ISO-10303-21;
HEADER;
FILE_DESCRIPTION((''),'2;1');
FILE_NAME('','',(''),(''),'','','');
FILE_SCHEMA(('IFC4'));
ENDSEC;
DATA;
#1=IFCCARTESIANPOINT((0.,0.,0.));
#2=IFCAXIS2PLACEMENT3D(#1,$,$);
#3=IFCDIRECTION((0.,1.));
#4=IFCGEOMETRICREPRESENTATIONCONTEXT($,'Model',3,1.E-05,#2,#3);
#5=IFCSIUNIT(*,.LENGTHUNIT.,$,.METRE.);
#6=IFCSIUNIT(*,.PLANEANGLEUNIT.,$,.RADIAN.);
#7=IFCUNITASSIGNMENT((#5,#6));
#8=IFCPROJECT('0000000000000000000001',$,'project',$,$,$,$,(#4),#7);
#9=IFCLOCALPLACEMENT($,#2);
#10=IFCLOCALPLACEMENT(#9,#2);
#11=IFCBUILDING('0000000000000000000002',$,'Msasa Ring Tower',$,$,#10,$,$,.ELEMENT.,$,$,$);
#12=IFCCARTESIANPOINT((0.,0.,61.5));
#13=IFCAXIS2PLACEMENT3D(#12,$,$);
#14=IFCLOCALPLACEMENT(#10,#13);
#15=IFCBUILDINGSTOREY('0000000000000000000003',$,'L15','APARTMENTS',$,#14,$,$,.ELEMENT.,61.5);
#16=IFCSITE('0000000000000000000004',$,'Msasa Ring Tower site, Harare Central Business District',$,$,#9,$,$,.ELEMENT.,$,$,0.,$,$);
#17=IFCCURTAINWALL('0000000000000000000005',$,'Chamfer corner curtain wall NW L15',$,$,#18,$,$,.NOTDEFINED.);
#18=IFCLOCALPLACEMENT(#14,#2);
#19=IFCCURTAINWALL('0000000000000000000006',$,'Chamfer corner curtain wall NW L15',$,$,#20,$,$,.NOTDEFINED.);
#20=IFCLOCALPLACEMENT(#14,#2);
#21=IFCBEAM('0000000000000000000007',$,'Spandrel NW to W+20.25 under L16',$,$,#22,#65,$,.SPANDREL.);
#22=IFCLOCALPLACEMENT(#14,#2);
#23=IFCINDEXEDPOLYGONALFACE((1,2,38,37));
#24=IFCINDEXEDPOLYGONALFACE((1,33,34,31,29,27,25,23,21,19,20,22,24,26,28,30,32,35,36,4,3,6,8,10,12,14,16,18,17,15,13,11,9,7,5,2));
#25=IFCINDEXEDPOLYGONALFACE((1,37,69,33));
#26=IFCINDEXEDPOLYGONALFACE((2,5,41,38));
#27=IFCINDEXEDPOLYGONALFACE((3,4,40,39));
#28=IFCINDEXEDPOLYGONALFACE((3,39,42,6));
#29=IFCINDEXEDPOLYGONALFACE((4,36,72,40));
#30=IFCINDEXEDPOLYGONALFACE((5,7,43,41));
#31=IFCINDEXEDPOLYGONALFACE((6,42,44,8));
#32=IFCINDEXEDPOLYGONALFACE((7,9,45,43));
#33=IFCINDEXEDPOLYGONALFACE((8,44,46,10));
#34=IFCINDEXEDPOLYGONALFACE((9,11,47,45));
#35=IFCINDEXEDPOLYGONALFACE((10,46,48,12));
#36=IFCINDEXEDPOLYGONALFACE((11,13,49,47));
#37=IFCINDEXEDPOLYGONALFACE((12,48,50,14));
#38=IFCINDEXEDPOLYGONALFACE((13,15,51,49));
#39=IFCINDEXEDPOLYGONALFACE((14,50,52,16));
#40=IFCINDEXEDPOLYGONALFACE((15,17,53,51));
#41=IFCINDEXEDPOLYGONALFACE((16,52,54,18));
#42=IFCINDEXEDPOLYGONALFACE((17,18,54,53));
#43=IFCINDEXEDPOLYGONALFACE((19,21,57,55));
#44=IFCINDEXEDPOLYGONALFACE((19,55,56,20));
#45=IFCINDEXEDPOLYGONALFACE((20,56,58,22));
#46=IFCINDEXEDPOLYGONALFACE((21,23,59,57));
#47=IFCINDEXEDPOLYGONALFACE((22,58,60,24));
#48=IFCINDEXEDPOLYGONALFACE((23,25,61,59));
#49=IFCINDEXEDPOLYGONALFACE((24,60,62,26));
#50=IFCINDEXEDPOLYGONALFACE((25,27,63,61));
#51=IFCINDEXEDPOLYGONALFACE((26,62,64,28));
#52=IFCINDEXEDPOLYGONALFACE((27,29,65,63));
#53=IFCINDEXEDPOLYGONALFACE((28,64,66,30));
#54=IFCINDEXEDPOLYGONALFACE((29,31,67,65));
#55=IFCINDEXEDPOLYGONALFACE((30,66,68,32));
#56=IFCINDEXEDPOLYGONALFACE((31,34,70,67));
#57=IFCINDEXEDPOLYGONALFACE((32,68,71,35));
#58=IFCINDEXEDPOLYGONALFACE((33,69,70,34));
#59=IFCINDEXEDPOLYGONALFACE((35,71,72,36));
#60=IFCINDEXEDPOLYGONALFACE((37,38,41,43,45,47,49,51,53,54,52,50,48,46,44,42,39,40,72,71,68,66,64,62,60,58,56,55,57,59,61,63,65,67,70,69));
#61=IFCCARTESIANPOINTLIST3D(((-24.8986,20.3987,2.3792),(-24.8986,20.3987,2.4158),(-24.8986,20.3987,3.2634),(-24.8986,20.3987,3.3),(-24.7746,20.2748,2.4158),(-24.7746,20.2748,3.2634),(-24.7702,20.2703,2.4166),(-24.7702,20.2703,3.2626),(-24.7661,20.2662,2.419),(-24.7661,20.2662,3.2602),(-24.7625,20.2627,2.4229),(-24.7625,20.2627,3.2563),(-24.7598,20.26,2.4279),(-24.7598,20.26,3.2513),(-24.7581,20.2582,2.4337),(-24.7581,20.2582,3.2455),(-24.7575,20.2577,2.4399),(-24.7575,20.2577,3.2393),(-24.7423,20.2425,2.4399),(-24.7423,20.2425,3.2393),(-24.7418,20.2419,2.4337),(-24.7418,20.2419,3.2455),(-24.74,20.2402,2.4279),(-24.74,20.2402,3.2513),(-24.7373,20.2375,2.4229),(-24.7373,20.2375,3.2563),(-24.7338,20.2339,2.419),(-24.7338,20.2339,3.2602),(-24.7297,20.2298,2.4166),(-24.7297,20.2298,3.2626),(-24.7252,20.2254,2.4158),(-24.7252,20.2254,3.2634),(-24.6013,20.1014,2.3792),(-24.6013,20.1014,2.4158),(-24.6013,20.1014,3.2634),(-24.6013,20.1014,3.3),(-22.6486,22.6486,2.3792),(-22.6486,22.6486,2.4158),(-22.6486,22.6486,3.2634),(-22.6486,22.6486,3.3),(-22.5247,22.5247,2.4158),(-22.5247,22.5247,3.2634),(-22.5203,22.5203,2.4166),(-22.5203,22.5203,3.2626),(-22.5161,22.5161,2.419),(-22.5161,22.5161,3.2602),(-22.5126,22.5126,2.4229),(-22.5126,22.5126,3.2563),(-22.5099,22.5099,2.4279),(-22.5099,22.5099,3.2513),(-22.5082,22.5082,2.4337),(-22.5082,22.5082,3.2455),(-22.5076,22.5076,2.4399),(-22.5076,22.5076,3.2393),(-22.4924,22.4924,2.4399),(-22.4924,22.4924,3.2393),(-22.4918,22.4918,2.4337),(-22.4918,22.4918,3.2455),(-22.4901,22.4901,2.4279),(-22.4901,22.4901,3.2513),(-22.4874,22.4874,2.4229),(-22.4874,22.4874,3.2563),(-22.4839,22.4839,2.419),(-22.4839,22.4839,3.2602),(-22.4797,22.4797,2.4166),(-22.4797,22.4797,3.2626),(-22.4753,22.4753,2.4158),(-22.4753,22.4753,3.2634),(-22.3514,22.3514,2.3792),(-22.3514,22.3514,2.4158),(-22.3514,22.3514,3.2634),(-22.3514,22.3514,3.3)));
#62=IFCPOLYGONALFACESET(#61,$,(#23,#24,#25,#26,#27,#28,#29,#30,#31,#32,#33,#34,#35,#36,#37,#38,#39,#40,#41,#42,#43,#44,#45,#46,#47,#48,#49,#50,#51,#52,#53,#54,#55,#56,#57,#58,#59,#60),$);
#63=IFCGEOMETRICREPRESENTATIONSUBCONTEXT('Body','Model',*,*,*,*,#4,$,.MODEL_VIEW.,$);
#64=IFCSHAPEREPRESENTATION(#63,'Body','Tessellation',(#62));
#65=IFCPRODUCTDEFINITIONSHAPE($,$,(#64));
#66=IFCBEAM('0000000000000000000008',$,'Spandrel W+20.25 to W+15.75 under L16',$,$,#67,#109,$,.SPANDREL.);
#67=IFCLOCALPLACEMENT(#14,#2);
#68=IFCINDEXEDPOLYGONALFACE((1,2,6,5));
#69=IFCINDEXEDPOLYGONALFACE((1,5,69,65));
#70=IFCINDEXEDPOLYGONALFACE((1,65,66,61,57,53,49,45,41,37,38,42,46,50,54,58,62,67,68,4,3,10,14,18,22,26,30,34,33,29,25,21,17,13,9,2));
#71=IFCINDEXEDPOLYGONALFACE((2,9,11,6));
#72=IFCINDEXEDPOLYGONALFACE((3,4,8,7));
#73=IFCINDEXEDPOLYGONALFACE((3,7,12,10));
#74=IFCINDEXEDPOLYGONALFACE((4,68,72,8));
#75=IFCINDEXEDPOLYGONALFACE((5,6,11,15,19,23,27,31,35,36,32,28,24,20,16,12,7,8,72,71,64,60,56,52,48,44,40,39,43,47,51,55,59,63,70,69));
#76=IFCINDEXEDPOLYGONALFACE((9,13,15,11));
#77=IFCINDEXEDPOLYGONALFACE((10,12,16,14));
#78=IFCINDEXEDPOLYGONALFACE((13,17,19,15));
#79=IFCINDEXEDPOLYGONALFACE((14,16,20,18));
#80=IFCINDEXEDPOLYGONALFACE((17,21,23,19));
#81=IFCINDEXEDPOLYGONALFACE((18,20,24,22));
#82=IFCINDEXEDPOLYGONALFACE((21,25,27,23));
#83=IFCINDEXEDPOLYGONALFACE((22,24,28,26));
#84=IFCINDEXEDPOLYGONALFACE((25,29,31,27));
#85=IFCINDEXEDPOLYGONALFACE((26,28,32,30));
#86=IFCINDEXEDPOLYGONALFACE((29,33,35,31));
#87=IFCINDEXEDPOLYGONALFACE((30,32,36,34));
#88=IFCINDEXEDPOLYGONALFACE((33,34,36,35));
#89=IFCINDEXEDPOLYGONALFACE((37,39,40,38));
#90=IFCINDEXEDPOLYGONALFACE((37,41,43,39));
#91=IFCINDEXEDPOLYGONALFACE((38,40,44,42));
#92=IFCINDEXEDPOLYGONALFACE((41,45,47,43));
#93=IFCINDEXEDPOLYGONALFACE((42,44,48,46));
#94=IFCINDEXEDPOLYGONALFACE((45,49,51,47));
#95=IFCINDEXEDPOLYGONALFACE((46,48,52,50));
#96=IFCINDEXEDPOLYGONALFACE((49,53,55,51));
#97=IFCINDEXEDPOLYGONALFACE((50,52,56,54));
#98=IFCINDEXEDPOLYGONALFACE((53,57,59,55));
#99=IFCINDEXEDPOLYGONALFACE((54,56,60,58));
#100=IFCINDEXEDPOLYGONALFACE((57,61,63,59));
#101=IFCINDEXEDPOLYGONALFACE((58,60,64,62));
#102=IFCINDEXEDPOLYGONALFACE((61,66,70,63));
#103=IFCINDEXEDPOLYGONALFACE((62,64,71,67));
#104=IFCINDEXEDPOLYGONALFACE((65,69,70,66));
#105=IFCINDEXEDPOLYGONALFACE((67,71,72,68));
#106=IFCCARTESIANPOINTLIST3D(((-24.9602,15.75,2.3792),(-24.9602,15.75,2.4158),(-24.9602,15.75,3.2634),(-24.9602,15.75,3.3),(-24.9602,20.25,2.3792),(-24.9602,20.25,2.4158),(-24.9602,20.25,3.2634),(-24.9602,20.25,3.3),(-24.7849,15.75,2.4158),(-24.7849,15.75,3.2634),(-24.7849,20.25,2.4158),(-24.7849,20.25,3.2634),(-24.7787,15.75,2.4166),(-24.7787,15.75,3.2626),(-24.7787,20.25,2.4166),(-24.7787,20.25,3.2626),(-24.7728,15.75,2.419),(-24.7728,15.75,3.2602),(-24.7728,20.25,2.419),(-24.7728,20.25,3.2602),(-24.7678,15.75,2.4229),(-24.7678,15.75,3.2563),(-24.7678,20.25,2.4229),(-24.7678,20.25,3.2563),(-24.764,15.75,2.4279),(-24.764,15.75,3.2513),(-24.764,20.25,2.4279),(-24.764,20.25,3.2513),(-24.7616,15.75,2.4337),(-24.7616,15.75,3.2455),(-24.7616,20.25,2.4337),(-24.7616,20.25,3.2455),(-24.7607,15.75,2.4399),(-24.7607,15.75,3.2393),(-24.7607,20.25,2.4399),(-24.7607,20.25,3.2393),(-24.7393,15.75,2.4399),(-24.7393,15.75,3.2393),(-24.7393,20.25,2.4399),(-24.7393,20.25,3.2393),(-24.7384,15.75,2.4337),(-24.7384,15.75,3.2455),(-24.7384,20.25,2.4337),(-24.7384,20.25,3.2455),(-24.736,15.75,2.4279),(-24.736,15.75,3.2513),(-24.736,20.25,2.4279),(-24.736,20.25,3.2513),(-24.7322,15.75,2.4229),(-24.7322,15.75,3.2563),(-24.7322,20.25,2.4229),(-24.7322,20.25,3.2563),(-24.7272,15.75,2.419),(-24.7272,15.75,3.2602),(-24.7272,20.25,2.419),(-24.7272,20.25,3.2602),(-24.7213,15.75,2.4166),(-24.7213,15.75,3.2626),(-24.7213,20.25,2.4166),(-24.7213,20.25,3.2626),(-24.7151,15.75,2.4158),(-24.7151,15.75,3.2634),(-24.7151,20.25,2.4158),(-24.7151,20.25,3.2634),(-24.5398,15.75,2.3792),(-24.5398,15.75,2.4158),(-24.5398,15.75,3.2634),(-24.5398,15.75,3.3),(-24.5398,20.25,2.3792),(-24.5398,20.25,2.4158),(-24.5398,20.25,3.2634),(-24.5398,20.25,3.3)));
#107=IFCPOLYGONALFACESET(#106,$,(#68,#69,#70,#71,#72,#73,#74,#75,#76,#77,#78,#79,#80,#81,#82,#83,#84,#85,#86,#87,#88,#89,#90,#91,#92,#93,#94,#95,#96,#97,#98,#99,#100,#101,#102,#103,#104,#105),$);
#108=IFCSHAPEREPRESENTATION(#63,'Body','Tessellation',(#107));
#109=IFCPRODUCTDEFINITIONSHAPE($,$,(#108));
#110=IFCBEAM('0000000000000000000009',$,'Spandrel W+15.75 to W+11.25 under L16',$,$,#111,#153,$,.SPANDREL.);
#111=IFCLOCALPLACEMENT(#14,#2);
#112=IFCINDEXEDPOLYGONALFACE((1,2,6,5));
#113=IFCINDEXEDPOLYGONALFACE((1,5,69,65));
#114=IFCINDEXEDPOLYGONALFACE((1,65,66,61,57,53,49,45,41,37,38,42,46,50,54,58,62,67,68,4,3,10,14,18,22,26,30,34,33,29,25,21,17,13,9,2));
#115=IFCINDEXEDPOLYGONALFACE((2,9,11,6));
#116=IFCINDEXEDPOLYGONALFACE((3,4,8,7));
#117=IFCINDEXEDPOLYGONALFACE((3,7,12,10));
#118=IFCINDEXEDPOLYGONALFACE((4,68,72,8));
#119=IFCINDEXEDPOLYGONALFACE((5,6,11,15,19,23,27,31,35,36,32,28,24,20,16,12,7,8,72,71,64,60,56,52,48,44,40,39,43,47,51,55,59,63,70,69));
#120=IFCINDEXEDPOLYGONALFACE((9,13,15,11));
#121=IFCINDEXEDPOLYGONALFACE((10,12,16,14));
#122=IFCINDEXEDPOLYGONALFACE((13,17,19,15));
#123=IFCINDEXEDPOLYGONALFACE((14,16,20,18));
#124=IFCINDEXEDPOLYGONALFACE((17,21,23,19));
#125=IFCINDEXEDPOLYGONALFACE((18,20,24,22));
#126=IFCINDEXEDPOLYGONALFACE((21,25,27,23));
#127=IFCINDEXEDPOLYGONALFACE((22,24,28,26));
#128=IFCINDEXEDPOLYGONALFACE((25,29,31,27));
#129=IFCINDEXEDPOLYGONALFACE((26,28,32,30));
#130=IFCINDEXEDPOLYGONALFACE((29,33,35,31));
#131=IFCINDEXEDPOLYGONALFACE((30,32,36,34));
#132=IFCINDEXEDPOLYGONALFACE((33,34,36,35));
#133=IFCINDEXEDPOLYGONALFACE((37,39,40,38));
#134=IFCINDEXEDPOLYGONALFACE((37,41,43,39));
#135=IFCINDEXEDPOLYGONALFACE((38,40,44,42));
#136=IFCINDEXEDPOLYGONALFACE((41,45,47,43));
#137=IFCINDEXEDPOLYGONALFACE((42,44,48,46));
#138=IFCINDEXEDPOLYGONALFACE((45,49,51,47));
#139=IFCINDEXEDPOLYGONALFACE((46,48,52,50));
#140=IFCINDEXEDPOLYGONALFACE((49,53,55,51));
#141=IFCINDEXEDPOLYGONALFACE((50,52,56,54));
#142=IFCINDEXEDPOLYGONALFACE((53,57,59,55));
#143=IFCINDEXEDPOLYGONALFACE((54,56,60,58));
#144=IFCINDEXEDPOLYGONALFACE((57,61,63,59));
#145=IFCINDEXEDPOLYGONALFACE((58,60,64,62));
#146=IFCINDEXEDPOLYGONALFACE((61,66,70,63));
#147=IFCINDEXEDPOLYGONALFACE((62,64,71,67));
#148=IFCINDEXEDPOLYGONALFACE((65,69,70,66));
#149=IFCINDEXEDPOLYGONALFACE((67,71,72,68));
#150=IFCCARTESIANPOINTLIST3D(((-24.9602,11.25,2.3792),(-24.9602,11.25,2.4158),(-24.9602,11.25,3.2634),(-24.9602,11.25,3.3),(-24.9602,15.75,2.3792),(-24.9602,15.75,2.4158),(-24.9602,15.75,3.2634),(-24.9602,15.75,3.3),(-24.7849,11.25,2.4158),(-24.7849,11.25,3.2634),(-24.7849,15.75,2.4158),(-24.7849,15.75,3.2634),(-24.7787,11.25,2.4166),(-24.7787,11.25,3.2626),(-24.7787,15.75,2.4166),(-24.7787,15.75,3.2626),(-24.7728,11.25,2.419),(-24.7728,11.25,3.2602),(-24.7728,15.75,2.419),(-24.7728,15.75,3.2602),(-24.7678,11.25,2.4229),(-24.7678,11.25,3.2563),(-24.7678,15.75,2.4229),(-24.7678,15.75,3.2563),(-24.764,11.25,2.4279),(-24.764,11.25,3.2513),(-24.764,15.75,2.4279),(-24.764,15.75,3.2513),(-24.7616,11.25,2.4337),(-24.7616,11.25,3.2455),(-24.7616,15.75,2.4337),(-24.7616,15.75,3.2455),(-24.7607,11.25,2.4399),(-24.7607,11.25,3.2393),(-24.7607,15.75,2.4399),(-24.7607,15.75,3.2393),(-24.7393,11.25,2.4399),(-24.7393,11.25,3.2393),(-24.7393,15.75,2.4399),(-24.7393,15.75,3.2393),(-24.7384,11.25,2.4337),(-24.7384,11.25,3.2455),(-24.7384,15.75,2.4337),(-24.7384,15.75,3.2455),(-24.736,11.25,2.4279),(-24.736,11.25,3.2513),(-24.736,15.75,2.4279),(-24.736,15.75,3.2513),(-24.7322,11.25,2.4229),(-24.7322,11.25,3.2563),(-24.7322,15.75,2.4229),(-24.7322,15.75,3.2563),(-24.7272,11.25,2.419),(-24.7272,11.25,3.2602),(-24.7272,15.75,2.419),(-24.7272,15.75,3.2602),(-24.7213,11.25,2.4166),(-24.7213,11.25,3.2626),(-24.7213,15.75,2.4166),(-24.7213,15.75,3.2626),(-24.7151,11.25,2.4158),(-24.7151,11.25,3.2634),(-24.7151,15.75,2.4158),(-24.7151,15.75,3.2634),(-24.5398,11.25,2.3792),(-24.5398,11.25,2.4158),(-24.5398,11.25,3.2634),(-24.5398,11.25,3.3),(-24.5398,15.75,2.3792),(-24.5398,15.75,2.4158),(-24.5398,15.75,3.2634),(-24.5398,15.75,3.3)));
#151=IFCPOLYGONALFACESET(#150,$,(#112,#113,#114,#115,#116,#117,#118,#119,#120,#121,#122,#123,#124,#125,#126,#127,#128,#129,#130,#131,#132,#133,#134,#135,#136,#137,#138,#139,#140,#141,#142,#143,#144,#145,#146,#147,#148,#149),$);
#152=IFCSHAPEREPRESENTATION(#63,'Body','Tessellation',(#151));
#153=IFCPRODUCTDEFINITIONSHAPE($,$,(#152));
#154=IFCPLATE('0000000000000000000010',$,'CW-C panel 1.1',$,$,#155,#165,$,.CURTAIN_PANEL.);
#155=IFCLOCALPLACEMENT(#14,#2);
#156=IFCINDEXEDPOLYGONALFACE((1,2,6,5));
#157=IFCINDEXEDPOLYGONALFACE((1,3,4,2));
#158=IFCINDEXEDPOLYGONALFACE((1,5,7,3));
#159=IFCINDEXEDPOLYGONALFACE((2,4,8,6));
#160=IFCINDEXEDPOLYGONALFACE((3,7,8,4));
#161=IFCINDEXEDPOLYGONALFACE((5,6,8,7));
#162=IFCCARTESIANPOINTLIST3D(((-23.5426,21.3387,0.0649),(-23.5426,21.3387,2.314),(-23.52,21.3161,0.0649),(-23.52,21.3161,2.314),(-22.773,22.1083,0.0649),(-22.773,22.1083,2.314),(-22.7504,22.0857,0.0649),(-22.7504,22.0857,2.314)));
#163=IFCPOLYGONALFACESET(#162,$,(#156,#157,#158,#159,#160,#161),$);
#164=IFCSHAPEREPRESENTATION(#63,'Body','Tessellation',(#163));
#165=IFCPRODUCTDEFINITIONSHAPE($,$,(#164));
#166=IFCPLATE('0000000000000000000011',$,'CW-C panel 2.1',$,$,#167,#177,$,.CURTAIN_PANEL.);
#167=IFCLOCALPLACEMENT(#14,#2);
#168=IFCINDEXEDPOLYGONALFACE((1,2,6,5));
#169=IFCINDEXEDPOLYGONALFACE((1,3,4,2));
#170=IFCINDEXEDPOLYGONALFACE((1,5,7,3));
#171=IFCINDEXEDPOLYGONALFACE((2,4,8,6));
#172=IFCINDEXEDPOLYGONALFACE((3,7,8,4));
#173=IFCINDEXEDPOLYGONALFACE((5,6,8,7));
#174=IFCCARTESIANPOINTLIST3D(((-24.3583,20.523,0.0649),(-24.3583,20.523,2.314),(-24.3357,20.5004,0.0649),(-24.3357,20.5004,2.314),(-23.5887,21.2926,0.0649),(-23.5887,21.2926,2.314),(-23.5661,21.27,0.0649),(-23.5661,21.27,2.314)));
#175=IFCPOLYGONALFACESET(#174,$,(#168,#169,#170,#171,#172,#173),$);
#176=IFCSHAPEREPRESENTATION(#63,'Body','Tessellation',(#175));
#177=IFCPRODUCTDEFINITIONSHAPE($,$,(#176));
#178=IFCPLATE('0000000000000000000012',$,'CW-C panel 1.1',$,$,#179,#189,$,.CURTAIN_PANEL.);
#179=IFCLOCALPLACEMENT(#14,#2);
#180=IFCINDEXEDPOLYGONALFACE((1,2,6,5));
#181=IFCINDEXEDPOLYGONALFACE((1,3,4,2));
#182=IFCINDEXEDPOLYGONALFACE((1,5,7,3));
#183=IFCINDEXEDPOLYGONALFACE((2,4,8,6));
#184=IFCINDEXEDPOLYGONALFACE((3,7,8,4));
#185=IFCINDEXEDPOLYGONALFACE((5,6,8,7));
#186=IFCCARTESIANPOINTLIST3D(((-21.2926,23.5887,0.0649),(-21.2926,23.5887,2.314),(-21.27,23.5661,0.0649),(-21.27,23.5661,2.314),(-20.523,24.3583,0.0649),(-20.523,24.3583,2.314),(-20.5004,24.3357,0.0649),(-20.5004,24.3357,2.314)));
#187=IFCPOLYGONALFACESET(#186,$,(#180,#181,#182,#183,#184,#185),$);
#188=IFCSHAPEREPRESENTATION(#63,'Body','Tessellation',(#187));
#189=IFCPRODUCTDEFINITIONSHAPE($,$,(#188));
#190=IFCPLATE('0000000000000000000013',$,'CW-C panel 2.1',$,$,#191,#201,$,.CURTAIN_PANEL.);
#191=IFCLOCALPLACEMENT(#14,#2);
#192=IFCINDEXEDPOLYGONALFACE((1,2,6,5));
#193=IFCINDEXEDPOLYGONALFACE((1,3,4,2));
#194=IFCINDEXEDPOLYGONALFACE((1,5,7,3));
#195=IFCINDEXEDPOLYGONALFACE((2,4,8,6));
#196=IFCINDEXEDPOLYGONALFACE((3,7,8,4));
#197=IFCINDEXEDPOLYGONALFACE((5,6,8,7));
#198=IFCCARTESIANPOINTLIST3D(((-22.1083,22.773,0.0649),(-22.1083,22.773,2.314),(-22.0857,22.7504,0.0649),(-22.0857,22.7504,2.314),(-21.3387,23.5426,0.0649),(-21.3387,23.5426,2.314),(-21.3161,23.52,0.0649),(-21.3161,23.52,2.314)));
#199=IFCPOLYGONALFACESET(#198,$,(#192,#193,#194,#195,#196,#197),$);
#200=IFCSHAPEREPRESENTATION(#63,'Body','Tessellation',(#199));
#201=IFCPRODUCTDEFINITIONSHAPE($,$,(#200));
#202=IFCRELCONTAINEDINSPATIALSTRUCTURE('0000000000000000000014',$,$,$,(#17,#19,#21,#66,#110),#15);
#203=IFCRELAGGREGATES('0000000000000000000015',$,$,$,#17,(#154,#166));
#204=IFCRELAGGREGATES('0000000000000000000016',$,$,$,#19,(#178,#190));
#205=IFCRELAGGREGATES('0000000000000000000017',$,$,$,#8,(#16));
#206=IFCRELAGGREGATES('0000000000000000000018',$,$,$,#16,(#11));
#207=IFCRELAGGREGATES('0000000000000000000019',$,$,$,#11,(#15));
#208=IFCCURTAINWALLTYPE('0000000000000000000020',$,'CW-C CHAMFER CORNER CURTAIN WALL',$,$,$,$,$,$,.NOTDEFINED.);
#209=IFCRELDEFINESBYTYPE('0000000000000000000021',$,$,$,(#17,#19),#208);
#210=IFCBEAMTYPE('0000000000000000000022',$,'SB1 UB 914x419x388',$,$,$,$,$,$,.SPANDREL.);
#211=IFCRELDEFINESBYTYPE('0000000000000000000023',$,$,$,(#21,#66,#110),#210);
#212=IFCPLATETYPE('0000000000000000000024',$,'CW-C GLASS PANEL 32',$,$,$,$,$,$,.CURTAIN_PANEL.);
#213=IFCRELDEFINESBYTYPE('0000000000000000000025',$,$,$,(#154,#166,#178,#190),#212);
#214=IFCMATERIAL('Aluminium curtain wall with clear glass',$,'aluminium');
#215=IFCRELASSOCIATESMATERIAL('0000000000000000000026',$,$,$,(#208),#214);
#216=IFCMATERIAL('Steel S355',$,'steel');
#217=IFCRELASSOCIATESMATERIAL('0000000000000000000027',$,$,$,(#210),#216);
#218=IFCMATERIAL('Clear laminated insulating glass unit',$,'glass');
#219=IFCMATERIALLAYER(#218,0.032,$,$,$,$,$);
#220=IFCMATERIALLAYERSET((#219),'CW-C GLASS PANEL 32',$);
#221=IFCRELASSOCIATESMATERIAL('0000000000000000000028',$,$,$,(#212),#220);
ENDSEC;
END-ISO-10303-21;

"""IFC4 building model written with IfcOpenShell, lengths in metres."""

from ifc_helpers import new_model, si_unit, direction, frame, origin, origin_2d, place, context, subcontext, project, spatial, rectangle, i_section, extrude, material, layer, layer_set, material_profile, profile_set, type_object, element, aggregate, save


model = new_model("IFC4")

# Units and contexts
model_context = context("Model", 3, precision=1e-05, world=origin(), true_north=direction((0.0, 1.0)))
body_context = subcontext(model_context, "Body", "Model", "MODEL_VIEW")
ifc_project = project(units=[si_unit("LENGTHUNIT", "METRE"), si_unit("PLANEANGLEUNIT", "RADIAN")], contexts=[model_context])

# Site, building, storey
site_placement = place(None, origin())
site = spatial("IfcSite", under=ifc_project, at=site_placement, Name="Msasa Ring Tower site, Harare Central Business District", CompositionType="ELEMENT", RefElevation=0.0)
building_placement = place(site_placement, origin())
building = spatial("IfcBuilding", under=site, at=building_placement, Name="Msasa Ring Tower", CompositionType="ELEMENT")
storey_placement = place(building_placement, frame((0.0, 0.0, 61.5)))
storey = spatial("IfcBuildingStorey", under=building, at=storey_placement, Name="L15", Description="APARTMENTS", CompositionType="ELEMENT", Elevation=61.5)

# Curtain walls
ifc_material_1 = material(Name="Aluminium curtain wall with clear glass", Category="aluminium")
curtain_wall_type = type_object("IfcCurtainWallType", Name="CW-C CHAMFER CORNER CURTAIN WALL", PredefinedType="NOTDEFINED", material=ifc_material_1)
curtain_wall_1_placement = place(storey_placement, origin())
curtain_wall_1 = element("IfcCurtainWall", 1, at=curtain_wall_1_placement, inside=storey, type_object=curtain_wall_type, Name="Chamfer corner curtain wall NW L15", PredefinedType="NOTDEFINED")
curtain_wall_2_placement = place(storey_placement, origin())
curtain_wall_2 = element("IfcCurtainWall", 2, at=curtain_wall_2_placement, inside=storey, type_object=curtain_wall_type, Name="Chamfer corner curtain wall NW L15", PredefinedType="NOTDEFINED")

# Beams
ifc_material_2 = material(Name="Steel S355", Category="steel")
ifc_material_profile_1 = material_profile(ifc_material_2, i_section(OverallWidth=0.4204, OverallDepth=0.9209, WebThickness=0.0215, FlangeThickness=0.0366, FilletRadius=0.0242, at=origin_2d()), Name="UB 914x419x388")
ifc_profile_set_1 = profile_set([ifc_material_profile_1], Name="Steel S355")
beam_type_1 = type_object("IfcBeamType", Name="SB1 UB 914x419x388", PredefinedType="SPANDREL", material=ifc_profile_set_1)
for number, where, z_axis, x_axis, name in (
    (3, (-22.5, 22.5, 2.8396), (-0.707107, -0.707107, 0.0), (0.707107, -0.707107, 0.0), "Spandrel NW to W+20.25 under L16"),
):
    element("IfcBeam", number, at=place(storey_placement, frame(where, z_axis=z_axis, x_axis=x_axis)), inside=storey, type_object=beam_type_1, Name=name, PredefinedType="SPANDREL", context=body_context, shape_type="SweptSolid", body=[
        extrude(i_section(OverallWidth=0.4204, OverallDepth=0.9209, WebThickness=0.0215, FlangeThickness=0.0366, FilletRadius=0.0242, at=origin_2d()), origin(), (0.0, 0.0, 1.0), 3.1819),
    ])
for number, where, z_axis, x_axis, name in (
    (4, (-24.75, 20.25, 2.8396), (0.0, -1.0, 0.0), (1.0, 0.0, 0.0), "Spandrel W+20.25 to W+15.75 under L16"),
    (5, (-24.75, 15.75, 2.8396), (0.0, -1.0, 0.0), (1.0, 0.0, 0.0), "Spandrel W+15.75 to W+11.25 under L16"),
):
    element("IfcBeam", number, at=place(storey_placement, frame(where, z_axis=z_axis, x_axis=x_axis)), inside=storey, type_object=beam_type_1, Name=name, PredefinedType="SPANDREL", context=body_context, shape_type="SweptSolid", body=[
        extrude(i_section(OverallWidth=0.4204, OverallDepth=0.9209, WebThickness=0.0215, FlangeThickness=0.0366, FilletRadius=0.0242, at=origin_2d()), origin(), (0.0, 0.0, 1.0), 4.5),
    ])

# Plates
ifc_material_3 = material(Name="Clear laminated insulating glass unit", Category="glass")
ifc_layer_1 = layer(ifc_material_3, 0.032)
ifc_layer_set_1 = layer_set([ifc_layer_1], Name="CW-C GLASS PANEL 32")
plate_type = type_object("IfcPlateType", Name="CW-C GLASS PANEL 32", PredefinedType="CURTAIN_PANEL", material=ifc_layer_set_1)
plate_1_placement = place(storey_placement, frame((-23.1465, 21.7122, 0.0649), z_axis=(0.0, 0.0, 1.0), x_axis=(-0.707107, -0.707107, 0.0)))
plate_1 = element("IfcPlate", 6, at=plate_1_placement, type_object=plate_type, Name="CW-C panel 1.1", PredefinedType="CURTAIN_PANEL", context=body_context, shape_type="SweptSolid", body=[
    extrude(rectangle(XDim=1.0884, YDim=0.032, at=origin_2d()), origin(), (0.0, 0.0, 1.0), 2.249),
])
plate_2_placement = place(storey_placement, frame((-23.9622, 20.8965, 0.0649), z_axis=(0.0, 0.0, 1.0), x_axis=(-0.707107, -0.707107, 0.0)))
plate_2 = element("IfcPlate", 7, at=plate_2_placement, type_object=plate_type, Name="CW-C panel 2.1", PredefinedType="CURTAIN_PANEL", context=body_context, shape_type="SweptSolid", body=[
    extrude(rectangle(XDim=1.0884, YDim=0.032, at=origin_2d()), origin(), (0.0, 0.0, 1.0), 2.249),
])
aggregate(curtain_wall_1, [plate_1, plate_2])
plate_3_placement = place(storey_placement, frame((-20.8965, 23.9622, 0.0649), z_axis=(0.0, 0.0, 1.0), x_axis=(-0.707107, -0.707107, 0.0)))
plate_3 = element("IfcPlate", 8, at=plate_3_placement, type_object=plate_type, Name="CW-C panel 1.1", PredefinedType="CURTAIN_PANEL", context=body_context, shape_type="SweptSolid", body=[
    extrude(rectangle(XDim=1.0884, YDim=0.032, at=origin_2d()), origin(), (0.0, 0.0, 1.0), 2.249),
])
plate_4_placement = place(storey_placement, frame((-21.7122, 23.1465, 0.0649), z_axis=(0.0, 0.0, 1.0), x_axis=(-0.707107, -0.707107, 0.0)))
plate_4 = element("IfcPlate", 9, at=plate_4_placement, type_object=plate_type, Name="CW-C panel 2.1", PredefinedType="CURTAIN_PANEL", context=body_context, shape_type="SweptSolid", body=[
    extrude(rectangle(XDim=1.0884, YDim=0.032, at=origin_2d()), origin(), (0.0, 0.0, 1.0), 2.249),
])
aggregate(curtain_wall_2, [plate_3, plate_4])

save(model, "model.ifc")
